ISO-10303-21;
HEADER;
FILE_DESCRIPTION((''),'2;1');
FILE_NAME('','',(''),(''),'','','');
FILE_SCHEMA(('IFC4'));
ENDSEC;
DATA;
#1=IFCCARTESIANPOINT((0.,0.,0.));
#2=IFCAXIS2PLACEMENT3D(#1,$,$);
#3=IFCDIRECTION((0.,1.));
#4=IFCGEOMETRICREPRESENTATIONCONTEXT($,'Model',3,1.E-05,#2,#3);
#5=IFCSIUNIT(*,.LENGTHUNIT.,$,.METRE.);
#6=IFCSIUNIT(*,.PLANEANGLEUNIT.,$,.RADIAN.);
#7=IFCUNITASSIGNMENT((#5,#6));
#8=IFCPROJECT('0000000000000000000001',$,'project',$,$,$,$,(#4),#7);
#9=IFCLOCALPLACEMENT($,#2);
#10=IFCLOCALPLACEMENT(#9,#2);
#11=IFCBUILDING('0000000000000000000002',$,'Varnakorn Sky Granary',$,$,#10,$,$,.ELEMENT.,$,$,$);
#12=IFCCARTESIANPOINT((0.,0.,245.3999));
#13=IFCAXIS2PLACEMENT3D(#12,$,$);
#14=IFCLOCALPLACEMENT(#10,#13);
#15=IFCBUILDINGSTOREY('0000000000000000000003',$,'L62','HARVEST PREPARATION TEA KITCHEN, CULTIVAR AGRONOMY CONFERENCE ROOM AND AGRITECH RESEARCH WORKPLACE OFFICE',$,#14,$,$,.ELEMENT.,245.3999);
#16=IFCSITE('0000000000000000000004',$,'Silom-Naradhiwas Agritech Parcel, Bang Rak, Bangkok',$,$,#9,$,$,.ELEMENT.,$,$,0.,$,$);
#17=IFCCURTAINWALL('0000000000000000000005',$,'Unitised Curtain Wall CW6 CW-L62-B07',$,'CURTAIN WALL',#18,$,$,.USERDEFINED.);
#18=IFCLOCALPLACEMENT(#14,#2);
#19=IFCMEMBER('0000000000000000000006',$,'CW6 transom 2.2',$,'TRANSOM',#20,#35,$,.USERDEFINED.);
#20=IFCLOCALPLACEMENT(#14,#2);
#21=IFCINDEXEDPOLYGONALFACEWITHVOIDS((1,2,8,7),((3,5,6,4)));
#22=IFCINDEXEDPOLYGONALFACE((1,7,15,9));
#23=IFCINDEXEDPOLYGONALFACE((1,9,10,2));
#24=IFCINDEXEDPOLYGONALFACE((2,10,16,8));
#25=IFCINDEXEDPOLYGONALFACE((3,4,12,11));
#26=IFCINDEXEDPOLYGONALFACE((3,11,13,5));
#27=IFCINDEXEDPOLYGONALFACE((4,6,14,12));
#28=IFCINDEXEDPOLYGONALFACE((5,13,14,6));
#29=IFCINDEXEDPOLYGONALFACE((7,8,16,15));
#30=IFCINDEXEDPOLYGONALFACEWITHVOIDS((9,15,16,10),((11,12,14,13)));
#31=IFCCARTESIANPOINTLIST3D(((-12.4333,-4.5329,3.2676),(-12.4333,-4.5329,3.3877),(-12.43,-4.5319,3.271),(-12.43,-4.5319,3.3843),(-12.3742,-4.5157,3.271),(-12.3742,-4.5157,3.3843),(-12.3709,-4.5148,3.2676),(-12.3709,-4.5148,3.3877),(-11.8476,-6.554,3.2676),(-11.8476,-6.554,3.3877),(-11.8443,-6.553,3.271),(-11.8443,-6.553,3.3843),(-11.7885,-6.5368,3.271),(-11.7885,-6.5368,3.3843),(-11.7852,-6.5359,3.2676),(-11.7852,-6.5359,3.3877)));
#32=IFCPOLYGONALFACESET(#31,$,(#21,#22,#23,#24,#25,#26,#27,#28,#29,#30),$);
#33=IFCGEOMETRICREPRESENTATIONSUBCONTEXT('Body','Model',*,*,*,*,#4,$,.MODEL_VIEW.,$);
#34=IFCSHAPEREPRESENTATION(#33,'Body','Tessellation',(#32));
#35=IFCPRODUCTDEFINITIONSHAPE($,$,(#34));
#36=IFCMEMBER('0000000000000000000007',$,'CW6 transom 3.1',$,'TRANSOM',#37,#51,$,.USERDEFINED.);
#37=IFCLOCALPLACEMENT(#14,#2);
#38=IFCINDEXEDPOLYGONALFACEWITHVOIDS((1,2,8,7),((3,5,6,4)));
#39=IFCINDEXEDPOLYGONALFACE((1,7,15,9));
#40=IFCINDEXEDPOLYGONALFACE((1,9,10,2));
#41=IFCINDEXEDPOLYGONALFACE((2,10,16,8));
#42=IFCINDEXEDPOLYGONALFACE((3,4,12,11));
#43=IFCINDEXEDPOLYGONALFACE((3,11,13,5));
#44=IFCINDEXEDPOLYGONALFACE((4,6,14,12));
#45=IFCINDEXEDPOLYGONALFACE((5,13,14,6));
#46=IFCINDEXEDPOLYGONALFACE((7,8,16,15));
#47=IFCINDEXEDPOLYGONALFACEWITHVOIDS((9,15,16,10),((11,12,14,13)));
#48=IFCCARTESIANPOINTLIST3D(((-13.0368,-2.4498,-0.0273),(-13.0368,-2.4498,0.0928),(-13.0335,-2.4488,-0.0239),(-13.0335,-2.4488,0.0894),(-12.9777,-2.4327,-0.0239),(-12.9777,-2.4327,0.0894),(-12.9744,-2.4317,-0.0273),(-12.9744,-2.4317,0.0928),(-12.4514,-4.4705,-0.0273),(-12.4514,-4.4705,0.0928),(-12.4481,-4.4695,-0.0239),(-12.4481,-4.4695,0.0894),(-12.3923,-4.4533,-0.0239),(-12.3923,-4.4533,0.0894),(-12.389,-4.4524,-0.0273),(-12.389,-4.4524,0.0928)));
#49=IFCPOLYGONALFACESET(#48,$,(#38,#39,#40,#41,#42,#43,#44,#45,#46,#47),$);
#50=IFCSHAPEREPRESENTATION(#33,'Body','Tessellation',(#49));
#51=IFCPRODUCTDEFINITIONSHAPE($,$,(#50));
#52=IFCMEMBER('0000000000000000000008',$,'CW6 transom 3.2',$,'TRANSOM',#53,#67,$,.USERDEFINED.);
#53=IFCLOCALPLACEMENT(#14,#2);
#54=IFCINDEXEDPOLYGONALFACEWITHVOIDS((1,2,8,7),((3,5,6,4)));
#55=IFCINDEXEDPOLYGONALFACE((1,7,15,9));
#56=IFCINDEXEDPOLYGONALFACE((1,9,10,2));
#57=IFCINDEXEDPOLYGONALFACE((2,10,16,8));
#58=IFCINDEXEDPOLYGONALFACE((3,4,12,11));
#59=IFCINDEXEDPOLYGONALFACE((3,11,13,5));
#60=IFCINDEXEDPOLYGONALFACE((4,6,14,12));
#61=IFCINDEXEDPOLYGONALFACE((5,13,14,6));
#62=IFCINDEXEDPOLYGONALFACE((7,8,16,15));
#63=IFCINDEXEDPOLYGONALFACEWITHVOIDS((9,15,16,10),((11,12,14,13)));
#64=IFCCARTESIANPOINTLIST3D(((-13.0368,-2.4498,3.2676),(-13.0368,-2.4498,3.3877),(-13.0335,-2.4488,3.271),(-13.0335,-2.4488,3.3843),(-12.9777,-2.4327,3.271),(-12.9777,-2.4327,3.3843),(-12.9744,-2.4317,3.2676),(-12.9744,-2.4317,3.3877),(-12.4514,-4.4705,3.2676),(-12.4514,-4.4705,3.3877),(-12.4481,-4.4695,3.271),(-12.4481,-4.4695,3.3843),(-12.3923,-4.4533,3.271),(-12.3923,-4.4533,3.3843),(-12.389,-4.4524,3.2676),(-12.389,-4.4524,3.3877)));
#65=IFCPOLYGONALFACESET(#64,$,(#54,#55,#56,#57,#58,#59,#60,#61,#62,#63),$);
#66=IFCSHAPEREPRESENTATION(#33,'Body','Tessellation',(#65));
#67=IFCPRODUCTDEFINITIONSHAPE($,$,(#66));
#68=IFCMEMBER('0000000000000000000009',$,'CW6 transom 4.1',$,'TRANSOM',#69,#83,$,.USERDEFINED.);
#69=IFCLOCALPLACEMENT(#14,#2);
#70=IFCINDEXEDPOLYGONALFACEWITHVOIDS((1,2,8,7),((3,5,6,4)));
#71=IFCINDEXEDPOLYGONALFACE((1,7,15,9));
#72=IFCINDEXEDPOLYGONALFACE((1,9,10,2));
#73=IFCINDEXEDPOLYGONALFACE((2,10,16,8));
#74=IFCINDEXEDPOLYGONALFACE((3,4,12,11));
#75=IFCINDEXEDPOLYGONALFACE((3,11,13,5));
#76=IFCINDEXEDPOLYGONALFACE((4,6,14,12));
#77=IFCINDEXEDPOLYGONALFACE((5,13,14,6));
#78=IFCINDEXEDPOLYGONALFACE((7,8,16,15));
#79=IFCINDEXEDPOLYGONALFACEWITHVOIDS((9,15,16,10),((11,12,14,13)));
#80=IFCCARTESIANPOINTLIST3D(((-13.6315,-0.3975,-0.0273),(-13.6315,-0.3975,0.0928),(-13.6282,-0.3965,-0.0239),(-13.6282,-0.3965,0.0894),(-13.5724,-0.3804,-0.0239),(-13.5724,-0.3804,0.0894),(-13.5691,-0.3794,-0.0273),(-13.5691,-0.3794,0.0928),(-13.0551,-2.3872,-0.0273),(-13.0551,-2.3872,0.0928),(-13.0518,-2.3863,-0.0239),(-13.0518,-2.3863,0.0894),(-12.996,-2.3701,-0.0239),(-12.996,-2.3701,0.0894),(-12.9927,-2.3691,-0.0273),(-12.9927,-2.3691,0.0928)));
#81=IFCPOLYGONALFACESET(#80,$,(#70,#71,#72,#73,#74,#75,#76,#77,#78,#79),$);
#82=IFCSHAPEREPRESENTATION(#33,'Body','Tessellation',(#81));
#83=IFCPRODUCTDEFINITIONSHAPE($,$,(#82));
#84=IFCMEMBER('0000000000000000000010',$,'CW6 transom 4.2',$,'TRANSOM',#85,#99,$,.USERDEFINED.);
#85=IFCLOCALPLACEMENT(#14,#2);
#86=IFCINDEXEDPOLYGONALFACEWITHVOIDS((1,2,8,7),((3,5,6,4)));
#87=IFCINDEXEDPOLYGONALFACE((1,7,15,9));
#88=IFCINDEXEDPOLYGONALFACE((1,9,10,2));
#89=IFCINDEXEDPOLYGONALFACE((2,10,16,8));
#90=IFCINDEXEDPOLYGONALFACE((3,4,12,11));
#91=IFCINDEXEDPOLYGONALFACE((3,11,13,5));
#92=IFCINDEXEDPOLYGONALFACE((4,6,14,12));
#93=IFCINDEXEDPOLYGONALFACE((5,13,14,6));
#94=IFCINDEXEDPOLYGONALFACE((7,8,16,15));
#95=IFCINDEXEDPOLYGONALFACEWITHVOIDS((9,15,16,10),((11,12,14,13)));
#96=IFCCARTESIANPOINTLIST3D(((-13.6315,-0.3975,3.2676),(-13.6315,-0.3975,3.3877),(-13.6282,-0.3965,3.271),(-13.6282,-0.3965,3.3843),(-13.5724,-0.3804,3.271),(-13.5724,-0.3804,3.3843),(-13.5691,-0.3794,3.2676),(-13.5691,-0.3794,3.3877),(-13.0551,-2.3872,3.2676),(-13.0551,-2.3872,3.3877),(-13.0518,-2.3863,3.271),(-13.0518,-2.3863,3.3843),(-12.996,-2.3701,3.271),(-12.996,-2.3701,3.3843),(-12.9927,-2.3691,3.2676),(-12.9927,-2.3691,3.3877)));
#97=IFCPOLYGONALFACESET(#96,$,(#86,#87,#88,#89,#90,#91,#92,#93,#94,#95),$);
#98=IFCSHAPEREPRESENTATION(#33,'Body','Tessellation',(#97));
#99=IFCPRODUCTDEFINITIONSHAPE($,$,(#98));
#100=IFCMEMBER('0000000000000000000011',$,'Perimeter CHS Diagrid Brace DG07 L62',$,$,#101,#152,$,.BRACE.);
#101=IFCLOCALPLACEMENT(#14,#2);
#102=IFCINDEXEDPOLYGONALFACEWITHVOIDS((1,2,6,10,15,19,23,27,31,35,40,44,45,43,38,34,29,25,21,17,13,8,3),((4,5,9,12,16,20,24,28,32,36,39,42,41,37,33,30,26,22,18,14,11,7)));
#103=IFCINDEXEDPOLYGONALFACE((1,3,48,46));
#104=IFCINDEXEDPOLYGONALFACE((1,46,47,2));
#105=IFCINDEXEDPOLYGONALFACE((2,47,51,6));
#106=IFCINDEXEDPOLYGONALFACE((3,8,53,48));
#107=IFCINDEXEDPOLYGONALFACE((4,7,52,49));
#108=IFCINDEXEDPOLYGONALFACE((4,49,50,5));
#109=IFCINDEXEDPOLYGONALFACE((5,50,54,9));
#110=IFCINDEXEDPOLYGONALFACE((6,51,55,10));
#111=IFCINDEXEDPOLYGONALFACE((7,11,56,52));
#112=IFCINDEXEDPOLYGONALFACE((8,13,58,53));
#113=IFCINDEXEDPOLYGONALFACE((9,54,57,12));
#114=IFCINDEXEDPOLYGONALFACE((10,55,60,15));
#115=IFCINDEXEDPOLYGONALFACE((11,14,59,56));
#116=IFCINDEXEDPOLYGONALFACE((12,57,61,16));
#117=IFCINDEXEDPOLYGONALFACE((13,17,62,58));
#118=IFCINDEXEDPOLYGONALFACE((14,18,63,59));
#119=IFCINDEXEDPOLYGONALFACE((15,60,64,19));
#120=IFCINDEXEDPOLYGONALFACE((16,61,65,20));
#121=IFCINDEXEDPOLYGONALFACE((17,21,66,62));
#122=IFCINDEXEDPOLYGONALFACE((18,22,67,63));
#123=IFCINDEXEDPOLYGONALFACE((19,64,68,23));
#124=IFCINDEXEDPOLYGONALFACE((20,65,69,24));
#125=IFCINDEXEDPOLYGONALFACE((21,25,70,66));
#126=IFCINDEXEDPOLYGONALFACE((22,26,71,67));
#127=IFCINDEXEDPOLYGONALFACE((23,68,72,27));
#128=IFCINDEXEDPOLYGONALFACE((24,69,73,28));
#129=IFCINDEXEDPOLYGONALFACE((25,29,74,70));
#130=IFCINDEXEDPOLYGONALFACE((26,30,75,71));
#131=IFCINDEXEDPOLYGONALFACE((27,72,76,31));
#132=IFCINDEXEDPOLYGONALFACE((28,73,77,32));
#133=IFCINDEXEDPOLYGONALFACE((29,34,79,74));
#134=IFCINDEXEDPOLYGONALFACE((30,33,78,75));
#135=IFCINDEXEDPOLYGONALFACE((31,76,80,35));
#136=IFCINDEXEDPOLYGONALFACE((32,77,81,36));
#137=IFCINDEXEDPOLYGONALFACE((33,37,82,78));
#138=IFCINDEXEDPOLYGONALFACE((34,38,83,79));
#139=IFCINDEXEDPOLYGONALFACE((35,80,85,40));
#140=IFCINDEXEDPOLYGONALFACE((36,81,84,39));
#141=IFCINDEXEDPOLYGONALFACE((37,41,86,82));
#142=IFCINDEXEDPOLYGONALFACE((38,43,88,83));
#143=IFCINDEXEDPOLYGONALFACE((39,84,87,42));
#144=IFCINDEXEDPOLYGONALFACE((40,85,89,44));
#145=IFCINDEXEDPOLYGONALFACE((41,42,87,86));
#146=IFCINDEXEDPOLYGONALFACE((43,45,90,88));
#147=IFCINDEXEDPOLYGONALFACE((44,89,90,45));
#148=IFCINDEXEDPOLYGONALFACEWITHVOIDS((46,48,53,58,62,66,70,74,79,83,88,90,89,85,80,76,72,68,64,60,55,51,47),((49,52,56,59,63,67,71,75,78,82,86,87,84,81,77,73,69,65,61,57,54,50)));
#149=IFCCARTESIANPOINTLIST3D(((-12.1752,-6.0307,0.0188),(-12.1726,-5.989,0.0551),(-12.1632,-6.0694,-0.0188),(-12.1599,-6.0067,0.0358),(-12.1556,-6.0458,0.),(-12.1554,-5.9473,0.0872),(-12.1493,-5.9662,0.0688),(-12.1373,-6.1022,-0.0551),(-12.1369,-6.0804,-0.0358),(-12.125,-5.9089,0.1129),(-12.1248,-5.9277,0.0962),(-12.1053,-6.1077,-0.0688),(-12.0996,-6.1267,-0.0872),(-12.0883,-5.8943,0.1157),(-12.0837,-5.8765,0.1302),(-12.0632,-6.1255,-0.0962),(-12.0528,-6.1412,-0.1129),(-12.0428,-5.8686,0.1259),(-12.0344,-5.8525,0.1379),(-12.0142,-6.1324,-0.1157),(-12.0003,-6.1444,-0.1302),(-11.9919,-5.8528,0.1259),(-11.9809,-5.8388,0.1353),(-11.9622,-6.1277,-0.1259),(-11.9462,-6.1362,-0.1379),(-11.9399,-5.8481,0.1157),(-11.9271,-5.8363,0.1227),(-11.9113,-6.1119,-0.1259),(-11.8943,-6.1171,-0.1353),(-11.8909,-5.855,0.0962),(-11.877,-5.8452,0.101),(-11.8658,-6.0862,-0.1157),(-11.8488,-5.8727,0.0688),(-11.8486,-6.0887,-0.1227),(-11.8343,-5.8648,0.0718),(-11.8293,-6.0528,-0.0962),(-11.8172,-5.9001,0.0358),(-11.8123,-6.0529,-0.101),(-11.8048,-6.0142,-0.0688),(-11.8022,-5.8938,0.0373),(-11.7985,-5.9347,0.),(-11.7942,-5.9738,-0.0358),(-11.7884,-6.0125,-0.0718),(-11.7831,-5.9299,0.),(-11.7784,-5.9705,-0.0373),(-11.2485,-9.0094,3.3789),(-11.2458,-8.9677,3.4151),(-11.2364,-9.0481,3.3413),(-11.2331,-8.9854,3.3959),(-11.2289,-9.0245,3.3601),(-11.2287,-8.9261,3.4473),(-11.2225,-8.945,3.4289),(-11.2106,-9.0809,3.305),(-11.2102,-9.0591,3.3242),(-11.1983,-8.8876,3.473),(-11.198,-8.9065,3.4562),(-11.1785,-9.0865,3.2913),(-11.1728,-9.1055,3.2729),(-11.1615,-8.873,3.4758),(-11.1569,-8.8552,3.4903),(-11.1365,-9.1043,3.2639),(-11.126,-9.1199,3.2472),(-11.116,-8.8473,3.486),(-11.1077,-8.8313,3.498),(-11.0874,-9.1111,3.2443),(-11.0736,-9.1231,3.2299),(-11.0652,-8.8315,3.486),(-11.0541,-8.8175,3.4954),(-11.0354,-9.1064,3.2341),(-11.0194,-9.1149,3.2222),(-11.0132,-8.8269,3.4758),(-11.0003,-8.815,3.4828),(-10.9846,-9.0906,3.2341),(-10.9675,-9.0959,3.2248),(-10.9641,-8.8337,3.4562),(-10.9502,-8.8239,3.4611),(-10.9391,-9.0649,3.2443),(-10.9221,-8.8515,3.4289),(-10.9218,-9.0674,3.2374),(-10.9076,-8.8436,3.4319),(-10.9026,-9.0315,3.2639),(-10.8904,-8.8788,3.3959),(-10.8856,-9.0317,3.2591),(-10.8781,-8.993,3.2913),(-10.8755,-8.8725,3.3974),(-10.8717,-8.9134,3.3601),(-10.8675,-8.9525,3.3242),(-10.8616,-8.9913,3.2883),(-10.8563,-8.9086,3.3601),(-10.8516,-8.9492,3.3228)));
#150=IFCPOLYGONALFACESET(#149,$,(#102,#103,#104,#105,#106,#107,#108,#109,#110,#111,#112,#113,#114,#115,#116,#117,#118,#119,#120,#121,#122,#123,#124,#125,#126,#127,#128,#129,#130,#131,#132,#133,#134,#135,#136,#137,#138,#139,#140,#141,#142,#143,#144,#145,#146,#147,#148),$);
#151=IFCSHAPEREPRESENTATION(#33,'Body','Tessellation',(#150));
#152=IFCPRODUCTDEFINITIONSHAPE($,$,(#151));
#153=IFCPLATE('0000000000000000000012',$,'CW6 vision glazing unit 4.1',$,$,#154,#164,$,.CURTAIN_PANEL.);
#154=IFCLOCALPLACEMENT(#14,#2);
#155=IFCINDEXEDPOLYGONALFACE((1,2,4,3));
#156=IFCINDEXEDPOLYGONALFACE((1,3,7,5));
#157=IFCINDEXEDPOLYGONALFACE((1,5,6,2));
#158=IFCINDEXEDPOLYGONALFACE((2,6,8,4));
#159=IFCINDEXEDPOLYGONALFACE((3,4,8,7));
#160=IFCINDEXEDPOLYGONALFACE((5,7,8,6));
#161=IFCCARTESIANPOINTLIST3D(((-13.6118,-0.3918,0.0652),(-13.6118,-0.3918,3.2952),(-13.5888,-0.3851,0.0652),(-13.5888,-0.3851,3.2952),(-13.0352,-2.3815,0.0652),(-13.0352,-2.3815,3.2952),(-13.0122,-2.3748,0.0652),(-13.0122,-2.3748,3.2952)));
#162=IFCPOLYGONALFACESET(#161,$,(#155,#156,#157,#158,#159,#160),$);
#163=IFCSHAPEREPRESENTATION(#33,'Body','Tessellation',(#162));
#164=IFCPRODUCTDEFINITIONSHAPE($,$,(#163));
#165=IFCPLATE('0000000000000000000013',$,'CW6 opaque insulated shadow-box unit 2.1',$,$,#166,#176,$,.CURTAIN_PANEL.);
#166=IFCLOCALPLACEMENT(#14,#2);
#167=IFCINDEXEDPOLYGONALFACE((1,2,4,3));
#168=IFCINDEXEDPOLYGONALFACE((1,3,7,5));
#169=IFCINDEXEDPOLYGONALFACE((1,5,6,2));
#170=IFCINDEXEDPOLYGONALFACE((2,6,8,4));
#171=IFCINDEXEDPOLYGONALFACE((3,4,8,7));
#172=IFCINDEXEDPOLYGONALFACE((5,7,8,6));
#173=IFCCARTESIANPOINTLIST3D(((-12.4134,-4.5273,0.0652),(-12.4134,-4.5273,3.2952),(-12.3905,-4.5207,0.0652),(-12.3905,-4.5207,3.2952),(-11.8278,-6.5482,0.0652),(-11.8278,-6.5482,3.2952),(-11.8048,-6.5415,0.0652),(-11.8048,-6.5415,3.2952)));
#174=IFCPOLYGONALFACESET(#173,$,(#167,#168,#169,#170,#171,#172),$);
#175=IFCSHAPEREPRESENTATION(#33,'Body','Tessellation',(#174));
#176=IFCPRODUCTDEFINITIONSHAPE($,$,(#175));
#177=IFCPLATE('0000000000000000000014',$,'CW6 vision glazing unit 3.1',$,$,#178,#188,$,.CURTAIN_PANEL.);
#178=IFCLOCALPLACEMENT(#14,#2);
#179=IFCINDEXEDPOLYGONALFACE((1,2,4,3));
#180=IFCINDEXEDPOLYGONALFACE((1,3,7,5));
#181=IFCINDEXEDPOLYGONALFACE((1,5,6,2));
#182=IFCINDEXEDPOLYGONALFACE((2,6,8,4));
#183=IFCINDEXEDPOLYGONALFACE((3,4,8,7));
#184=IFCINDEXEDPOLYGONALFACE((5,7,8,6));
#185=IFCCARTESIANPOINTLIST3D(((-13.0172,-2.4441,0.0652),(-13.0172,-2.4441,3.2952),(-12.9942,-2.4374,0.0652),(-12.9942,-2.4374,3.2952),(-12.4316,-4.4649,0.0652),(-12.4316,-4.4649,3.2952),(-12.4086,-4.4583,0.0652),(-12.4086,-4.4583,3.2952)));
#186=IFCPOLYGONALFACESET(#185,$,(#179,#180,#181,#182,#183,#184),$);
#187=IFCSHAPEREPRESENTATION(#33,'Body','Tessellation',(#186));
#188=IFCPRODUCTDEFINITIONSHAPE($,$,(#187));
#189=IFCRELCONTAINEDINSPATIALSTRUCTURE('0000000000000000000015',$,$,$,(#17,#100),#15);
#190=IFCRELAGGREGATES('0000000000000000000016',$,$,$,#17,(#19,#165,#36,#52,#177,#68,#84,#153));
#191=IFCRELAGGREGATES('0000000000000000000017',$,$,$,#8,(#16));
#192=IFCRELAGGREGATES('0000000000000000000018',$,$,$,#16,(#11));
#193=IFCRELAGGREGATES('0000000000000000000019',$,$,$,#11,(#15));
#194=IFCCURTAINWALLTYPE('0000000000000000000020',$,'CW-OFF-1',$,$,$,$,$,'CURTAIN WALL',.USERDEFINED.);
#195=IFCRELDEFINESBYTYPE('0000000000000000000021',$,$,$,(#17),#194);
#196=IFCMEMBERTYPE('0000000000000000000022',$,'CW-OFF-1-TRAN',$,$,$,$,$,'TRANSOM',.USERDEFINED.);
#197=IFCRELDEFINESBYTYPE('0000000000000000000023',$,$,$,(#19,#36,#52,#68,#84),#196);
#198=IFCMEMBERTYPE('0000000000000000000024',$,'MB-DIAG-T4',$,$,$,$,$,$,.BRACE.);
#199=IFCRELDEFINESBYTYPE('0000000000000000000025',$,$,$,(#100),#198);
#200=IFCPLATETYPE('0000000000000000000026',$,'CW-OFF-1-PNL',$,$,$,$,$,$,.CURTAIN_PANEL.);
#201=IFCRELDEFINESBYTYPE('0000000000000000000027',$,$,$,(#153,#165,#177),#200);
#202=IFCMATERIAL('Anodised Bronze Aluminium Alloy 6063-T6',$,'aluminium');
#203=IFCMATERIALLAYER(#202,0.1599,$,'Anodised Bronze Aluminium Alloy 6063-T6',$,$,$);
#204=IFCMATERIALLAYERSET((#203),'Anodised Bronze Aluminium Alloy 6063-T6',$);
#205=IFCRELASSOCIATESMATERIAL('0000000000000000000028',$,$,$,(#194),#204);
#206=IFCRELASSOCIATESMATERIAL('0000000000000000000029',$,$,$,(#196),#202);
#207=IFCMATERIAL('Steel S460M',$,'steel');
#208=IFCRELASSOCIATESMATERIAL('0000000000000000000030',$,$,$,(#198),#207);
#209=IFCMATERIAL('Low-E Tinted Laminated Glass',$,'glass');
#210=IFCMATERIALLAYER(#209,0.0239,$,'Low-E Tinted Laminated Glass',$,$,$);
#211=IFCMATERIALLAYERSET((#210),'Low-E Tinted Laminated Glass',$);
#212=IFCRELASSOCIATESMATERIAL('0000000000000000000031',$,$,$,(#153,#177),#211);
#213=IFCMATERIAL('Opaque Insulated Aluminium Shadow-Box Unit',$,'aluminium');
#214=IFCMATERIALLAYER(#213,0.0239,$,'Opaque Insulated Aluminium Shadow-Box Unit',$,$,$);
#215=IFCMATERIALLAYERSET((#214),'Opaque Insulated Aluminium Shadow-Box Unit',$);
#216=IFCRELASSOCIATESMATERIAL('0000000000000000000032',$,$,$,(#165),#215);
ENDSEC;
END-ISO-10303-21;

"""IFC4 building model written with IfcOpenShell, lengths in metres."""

from ifc_helpers import new_model, si_unit, direction, frame, origin, origin_2d, place, context, subcontext, project, spatial, rectangle, hollow_rectangle, hollow_circle, extrude, source, transform, mapped, material, layer, layer_set, material_profile, profile_set, type_object, type_shapes, element, aggregate, save


model = new_model("IFC4")

# Units and contexts
model_context = context("Model", 3, precision=1e-05, world=origin(), true_north=direction((0.0, 1.0)))
body_context = subcontext(model_context, "Body", "Model", "MODEL_VIEW")
ifc_project = project(units=[si_unit("LENGTHUNIT", "METRE"), si_unit("PLANEANGLEUNIT", "RADIAN")], contexts=[model_context])

# Site, building, storey
site_placement = place(None, origin())
site = spatial("IfcSite", under=ifc_project, at=site_placement, Name="Silom-Naradhiwas Agritech Parcel, Bang Rak, Bangkok", CompositionType="ELEMENT", RefElevation=0.0)
building_placement = place(site_placement, origin())
building = spatial("IfcBuilding", under=site, at=building_placement, Name="Varnakorn Sky Granary", CompositionType="ELEMENT")
storey_placement = place(building_placement, frame((0.0, 0.0, 245.3999)))
storey = spatial("IfcBuildingStorey", under=building, at=storey_placement, Name="L62", Description="HARVEST PREPARATION TEA KITCHEN, CULTIVAR AGRONOMY CONFERENCE ROOM AND AGRITECH RESEARCH WORKPLACE OFFICE", CompositionType="ELEMENT", Elevation=245.3999)

# Shared definitions
ifc_material_1 = material(Name="Steel S460M", Category="steel")

# Curtain wall, members
ifc_material_2 = material(Name="Anodised Bronze Aluminium Alloy 6063-T6", Category="aluminium")
ifc_layer_1 = layer(ifc_material_2, 0.1599, Name="Anodised Bronze Aluminium Alloy 6063-T6")
ifc_layer_set_1 = layer_set([ifc_layer_1], Name="Anodised Bronze Aluminium Alloy 6063-T6")
curtain_wall_type = type_object("IfcCurtainWallType", Name="CW-OFF-1", ElementType="CURTAIN WALL", PredefinedType="USERDEFINED", material=ifc_layer_set_1)
curtain_wall_placement = place(storey_placement, origin())
curtain_wall = element("IfcCurtainWall", 1, at=curtain_wall_placement, inside=storey, type_object=curtain_wall_type, Name="Unitised Curtain Wall CW6 CW-L62-B07", ObjectType="CURTAIN WALL", PredefinedType="USERDEFINED")
ifc_material_profile_1 = material_profile(ifc_material_2, hollow_rectangle(XDim=0.0649, YDim=0.1201, WallThickness=0.0034, at=origin_2d()), Name="ALU TRAN 65x120")
ifc_profile_set_1 = profile_set([ifc_material_profile_1], Name="Anodised Bronze Aluminium Alloy 6063-T6")
member_type_1 = type_object("IfcMemberType", Name="CW-OFF-1-TRAN", ElementType="TRANSOM", PredefinedType="USERDEFINED", material=ifc_profile_set_1)
member_1_placement = place(storey_placement, frame((-11.8164, -6.5449, 3.3276), z_axis=(-0.278351, 0.960479, 0.0), x_axis=(-0.960479, -0.278351, 0.0)))
member_1 = element("IfcMember", 2, at=member_1_placement, type_object=member_type_1, Name="CW6 transom 2.2", ObjectType="TRANSOM", PredefinedType="USERDEFINED", context=body_context, shape_type="SweptSolid", body=[
    extrude(hollow_rectangle(XDim=0.0649, YDim=0.1201, WallThickness=0.0034, at=origin_2d()), origin(), (0.0, 0.0, 1.0), 2.1042),
])
member_2_placement = place(storey_placement, frame((-12.4202, -4.4614, 0.0327), z_axis=(-0.278275, 0.960501, 0.0), x_axis=(-0.960501, -0.278275, 0.0)))
member_2 = element("IfcMember", 3, at=member_2_placement, type_object=member_type_1, Name="CW6 transom 3.1", ObjectType="TRANSOM", PredefinedType="USERDEFINED", context=body_context, shape_type="SweptSolid", body=[
    extrude(hollow_rectangle(XDim=0.0649, YDim=0.1201, WallThickness=0.0034, at=origin_2d()), origin(), (0.0, 0.0, 1.0), 2.1038),
])
member_3_placement = place(storey_placement, frame((-12.4202, -4.4614, 3.3276), z_axis=(-0.278275, 0.960501, 0.0), x_axis=(-0.960501, -0.278275, 0.0)))
member_3 = element("IfcMember", 4, at=member_3_placement, type_object=member_type_1, Name="CW6 transom 3.2", ObjectType="TRANSOM", PredefinedType="USERDEFINED", context=body_context, shape_type="SweptSolid", body=[
    extrude(hollow_rectangle(XDim=0.0649, YDim=0.1201, WallThickness=0.0034, at=origin_2d()), origin(), (0.0, 0.0, 1.0), 2.1038),
])
member_4_placement = place(storey_placement, frame((-13.0239, -2.3782, 0.0327), z_axis=(-0.278253, 0.960508, 0.0), x_axis=(-0.960508, -0.278253, 0.0)))
member_4 = element("IfcMember", 5, at=member_4_placement, type_object=member_type_1, Name="CW6 transom 4.1", ObjectType="TRANSOM", PredefinedType="USERDEFINED", context=body_context, shape_type="SweptSolid", body=[
    extrude(hollow_rectangle(XDim=0.0649, YDim=0.1201, WallThickness=0.0034, at=origin_2d()), origin(), (0.0, 0.0, 1.0), 2.0715),
])
member_5_placement = place(storey_placement, frame((-13.0239, -2.3782, 3.3276), z_axis=(-0.278253, 0.960508, 0.0), x_axis=(-0.960508, -0.278253, 0.0)))
member_5 = element("IfcMember", 6, at=member_5_placement, type_object=member_type_1, Name="CW6 transom 4.2", ObjectType="TRANSOM", PredefinedType="USERDEFINED", context=body_context, shape_type="SweptSolid", body=[
    extrude(hollow_rectangle(XDim=0.0649, YDim=0.1201, WallThickness=0.0034, at=origin_2d()), origin(), (0.0, 0.0, 1.0), 2.0715),
])

# Member
ifc_material_profile_2 = material_profile(ifc_material_1, hollow_circle(Radius=0.2031, WallThickness=0.0161, at=origin_2d()), Name="CHS 406.4x16")
ifc_profile_set_2 = profile_set([ifc_material_profile_2], Name="Steel S460M")
member_type_2 = type_object("IfcMemberType", Name="MB-DIAG-T4", PredefinedType="BRACE", material=ifc_profile_set_2)
member_6_placement = place(storey_placement, frame((-11.9771, -5.9902, 0.0), z_axis=(0.202128, -0.649675, 0.732848), x_axis=(0.954854, 0.297076, 0.0)))
element("IfcMember", 7, at=member_6_placement, inside=storey, type_object=member_type_2, Name="Perimeter CHS Diagrid Brace DG07 L62", PredefinedType="BRACE", context=body_context, shape_type="SweptSolid", body=[
    extrude(hollow_circle(Radius=0.2031, WallThickness=0.0161, at=origin_2d()), origin(), (0.0, 0.0, 1.0), 4.585),
])

# Plates
ifc_material_3 = material(Name="Low-E Tinted Laminated Glass", Category="glass")
ifc_layer_2 = layer(ifc_material_3, 0.0239, Name="Low-E Tinted Laminated Glass")
ifc_layer_set_2 = layer_set([ifc_layer_2], Name="Low-E Tinted Laminated Glass")
plate_type = type_object("IfcPlateType", Name="CW-OFF-1-PNL", PredefinedType="CURTAIN_PANEL")
shared_shape_1 = source(origin(), body_context, "Body", "SweptSolid", [
    extrude(rectangle(XDim=2.0715, YDim=0.0239, at=origin_2d()), origin(), (0.0, 0.0, 1.0), 3.23),
])
plate_1_placement = place(storey_placement, frame((-13.312, -1.3833, 0.0652), z_axis=(0.0, 0.0, 1.0), x_axis=(-0.278338, 0.960483, 0.0)))
plate_1 = element("IfcPlate", 8, at=plate_1_placement, type_object=plate_type, material=ifc_layer_set_2, Name="CW6 vision glazing unit 4.1", PredefinedType="CURTAIN_PANEL", context=body_context, shape_type="MappedRepresentation", body=[
    mapped(shared_shape_1, transform((0.0, 0.0, 0.0), x_axis=(1.0, 0.0, 0.0), y_axis=(0.0, 1.0, 0.0), z_axis=(0.0, 0.0, 1.0), scale=1.0)),
])
ifc_material_4 = material(Name="Opaque Insulated Aluminium Shadow-Box Unit", Category="aluminium")
ifc_layer_3 = layer(ifc_material_4, 0.0239, Name="Opaque Insulated Aluminium Shadow-Box Unit")
ifc_layer_set_3 = layer_set([ifc_layer_3], Name="Opaque Insulated Aluminium Shadow-Box Unit")
shared_shape_2 = source(origin(), body_context, "Body", "SweptSolid", [
    extrude(rectangle(XDim=2.104, YDim=0.0239, at=origin_2d()), origin(), (0.0, 0.0, 1.0), 3.23),
])
type_shapes(plate_type, [shared_shape_1, shared_shape_2])
plate_2_placement = place(storey_placement, frame((-12.1091, -5.5344, 0.0652), z_axis=(0.0, 0.0, 1.0), x_axis=(-0.278338, 0.960483, 0.0)))
plate_2 = element("IfcPlate", 9, at=plate_2_placement, type_object=plate_type, material=ifc_layer_set_3, Name="CW6 opaque insulated shadow-box unit 2.1", PredefinedType="CURTAIN_PANEL", context=body_context, shape_type="MappedRepresentation", body=[
    mapped(shared_shape_2, transform((0.0, 0.0, 0.0), x_axis=(1.0, 0.0, 0.0), y_axis=(0.0, 1.0, 0.0), z_axis=(0.0, 0.0, 1.0), scale=1.0)),
])
plate_3_placement = place(storey_placement, frame((-12.7129, -3.4512, 0.0652), z_axis=(0.0, 0.0, 1.0), x_axis=(-0.278338, 0.960483, 0.0)))
plate_3 = element("IfcPlate", 10, at=plate_3_placement, type_object=plate_type, material=ifc_layer_set_2, Name="CW6 vision glazing unit 3.1", PredefinedType="CURTAIN_PANEL", context=body_context, shape_type="MappedRepresentation", body=[
    mapped(shared_shape_2, transform((0.0, 0.0, 0.0), x_axis=(1.0, 0.0, 0.0), y_axis=(0.0, 1.0, 0.0), z_axis=(0.0, 0.0, 1.0), scale=1.0)),
])
aggregate(curtain_wall, [member_1, plate_2, member_2, member_3, plate_3, member_4, member_5, plate_1])

save(model, "model.ifc")
